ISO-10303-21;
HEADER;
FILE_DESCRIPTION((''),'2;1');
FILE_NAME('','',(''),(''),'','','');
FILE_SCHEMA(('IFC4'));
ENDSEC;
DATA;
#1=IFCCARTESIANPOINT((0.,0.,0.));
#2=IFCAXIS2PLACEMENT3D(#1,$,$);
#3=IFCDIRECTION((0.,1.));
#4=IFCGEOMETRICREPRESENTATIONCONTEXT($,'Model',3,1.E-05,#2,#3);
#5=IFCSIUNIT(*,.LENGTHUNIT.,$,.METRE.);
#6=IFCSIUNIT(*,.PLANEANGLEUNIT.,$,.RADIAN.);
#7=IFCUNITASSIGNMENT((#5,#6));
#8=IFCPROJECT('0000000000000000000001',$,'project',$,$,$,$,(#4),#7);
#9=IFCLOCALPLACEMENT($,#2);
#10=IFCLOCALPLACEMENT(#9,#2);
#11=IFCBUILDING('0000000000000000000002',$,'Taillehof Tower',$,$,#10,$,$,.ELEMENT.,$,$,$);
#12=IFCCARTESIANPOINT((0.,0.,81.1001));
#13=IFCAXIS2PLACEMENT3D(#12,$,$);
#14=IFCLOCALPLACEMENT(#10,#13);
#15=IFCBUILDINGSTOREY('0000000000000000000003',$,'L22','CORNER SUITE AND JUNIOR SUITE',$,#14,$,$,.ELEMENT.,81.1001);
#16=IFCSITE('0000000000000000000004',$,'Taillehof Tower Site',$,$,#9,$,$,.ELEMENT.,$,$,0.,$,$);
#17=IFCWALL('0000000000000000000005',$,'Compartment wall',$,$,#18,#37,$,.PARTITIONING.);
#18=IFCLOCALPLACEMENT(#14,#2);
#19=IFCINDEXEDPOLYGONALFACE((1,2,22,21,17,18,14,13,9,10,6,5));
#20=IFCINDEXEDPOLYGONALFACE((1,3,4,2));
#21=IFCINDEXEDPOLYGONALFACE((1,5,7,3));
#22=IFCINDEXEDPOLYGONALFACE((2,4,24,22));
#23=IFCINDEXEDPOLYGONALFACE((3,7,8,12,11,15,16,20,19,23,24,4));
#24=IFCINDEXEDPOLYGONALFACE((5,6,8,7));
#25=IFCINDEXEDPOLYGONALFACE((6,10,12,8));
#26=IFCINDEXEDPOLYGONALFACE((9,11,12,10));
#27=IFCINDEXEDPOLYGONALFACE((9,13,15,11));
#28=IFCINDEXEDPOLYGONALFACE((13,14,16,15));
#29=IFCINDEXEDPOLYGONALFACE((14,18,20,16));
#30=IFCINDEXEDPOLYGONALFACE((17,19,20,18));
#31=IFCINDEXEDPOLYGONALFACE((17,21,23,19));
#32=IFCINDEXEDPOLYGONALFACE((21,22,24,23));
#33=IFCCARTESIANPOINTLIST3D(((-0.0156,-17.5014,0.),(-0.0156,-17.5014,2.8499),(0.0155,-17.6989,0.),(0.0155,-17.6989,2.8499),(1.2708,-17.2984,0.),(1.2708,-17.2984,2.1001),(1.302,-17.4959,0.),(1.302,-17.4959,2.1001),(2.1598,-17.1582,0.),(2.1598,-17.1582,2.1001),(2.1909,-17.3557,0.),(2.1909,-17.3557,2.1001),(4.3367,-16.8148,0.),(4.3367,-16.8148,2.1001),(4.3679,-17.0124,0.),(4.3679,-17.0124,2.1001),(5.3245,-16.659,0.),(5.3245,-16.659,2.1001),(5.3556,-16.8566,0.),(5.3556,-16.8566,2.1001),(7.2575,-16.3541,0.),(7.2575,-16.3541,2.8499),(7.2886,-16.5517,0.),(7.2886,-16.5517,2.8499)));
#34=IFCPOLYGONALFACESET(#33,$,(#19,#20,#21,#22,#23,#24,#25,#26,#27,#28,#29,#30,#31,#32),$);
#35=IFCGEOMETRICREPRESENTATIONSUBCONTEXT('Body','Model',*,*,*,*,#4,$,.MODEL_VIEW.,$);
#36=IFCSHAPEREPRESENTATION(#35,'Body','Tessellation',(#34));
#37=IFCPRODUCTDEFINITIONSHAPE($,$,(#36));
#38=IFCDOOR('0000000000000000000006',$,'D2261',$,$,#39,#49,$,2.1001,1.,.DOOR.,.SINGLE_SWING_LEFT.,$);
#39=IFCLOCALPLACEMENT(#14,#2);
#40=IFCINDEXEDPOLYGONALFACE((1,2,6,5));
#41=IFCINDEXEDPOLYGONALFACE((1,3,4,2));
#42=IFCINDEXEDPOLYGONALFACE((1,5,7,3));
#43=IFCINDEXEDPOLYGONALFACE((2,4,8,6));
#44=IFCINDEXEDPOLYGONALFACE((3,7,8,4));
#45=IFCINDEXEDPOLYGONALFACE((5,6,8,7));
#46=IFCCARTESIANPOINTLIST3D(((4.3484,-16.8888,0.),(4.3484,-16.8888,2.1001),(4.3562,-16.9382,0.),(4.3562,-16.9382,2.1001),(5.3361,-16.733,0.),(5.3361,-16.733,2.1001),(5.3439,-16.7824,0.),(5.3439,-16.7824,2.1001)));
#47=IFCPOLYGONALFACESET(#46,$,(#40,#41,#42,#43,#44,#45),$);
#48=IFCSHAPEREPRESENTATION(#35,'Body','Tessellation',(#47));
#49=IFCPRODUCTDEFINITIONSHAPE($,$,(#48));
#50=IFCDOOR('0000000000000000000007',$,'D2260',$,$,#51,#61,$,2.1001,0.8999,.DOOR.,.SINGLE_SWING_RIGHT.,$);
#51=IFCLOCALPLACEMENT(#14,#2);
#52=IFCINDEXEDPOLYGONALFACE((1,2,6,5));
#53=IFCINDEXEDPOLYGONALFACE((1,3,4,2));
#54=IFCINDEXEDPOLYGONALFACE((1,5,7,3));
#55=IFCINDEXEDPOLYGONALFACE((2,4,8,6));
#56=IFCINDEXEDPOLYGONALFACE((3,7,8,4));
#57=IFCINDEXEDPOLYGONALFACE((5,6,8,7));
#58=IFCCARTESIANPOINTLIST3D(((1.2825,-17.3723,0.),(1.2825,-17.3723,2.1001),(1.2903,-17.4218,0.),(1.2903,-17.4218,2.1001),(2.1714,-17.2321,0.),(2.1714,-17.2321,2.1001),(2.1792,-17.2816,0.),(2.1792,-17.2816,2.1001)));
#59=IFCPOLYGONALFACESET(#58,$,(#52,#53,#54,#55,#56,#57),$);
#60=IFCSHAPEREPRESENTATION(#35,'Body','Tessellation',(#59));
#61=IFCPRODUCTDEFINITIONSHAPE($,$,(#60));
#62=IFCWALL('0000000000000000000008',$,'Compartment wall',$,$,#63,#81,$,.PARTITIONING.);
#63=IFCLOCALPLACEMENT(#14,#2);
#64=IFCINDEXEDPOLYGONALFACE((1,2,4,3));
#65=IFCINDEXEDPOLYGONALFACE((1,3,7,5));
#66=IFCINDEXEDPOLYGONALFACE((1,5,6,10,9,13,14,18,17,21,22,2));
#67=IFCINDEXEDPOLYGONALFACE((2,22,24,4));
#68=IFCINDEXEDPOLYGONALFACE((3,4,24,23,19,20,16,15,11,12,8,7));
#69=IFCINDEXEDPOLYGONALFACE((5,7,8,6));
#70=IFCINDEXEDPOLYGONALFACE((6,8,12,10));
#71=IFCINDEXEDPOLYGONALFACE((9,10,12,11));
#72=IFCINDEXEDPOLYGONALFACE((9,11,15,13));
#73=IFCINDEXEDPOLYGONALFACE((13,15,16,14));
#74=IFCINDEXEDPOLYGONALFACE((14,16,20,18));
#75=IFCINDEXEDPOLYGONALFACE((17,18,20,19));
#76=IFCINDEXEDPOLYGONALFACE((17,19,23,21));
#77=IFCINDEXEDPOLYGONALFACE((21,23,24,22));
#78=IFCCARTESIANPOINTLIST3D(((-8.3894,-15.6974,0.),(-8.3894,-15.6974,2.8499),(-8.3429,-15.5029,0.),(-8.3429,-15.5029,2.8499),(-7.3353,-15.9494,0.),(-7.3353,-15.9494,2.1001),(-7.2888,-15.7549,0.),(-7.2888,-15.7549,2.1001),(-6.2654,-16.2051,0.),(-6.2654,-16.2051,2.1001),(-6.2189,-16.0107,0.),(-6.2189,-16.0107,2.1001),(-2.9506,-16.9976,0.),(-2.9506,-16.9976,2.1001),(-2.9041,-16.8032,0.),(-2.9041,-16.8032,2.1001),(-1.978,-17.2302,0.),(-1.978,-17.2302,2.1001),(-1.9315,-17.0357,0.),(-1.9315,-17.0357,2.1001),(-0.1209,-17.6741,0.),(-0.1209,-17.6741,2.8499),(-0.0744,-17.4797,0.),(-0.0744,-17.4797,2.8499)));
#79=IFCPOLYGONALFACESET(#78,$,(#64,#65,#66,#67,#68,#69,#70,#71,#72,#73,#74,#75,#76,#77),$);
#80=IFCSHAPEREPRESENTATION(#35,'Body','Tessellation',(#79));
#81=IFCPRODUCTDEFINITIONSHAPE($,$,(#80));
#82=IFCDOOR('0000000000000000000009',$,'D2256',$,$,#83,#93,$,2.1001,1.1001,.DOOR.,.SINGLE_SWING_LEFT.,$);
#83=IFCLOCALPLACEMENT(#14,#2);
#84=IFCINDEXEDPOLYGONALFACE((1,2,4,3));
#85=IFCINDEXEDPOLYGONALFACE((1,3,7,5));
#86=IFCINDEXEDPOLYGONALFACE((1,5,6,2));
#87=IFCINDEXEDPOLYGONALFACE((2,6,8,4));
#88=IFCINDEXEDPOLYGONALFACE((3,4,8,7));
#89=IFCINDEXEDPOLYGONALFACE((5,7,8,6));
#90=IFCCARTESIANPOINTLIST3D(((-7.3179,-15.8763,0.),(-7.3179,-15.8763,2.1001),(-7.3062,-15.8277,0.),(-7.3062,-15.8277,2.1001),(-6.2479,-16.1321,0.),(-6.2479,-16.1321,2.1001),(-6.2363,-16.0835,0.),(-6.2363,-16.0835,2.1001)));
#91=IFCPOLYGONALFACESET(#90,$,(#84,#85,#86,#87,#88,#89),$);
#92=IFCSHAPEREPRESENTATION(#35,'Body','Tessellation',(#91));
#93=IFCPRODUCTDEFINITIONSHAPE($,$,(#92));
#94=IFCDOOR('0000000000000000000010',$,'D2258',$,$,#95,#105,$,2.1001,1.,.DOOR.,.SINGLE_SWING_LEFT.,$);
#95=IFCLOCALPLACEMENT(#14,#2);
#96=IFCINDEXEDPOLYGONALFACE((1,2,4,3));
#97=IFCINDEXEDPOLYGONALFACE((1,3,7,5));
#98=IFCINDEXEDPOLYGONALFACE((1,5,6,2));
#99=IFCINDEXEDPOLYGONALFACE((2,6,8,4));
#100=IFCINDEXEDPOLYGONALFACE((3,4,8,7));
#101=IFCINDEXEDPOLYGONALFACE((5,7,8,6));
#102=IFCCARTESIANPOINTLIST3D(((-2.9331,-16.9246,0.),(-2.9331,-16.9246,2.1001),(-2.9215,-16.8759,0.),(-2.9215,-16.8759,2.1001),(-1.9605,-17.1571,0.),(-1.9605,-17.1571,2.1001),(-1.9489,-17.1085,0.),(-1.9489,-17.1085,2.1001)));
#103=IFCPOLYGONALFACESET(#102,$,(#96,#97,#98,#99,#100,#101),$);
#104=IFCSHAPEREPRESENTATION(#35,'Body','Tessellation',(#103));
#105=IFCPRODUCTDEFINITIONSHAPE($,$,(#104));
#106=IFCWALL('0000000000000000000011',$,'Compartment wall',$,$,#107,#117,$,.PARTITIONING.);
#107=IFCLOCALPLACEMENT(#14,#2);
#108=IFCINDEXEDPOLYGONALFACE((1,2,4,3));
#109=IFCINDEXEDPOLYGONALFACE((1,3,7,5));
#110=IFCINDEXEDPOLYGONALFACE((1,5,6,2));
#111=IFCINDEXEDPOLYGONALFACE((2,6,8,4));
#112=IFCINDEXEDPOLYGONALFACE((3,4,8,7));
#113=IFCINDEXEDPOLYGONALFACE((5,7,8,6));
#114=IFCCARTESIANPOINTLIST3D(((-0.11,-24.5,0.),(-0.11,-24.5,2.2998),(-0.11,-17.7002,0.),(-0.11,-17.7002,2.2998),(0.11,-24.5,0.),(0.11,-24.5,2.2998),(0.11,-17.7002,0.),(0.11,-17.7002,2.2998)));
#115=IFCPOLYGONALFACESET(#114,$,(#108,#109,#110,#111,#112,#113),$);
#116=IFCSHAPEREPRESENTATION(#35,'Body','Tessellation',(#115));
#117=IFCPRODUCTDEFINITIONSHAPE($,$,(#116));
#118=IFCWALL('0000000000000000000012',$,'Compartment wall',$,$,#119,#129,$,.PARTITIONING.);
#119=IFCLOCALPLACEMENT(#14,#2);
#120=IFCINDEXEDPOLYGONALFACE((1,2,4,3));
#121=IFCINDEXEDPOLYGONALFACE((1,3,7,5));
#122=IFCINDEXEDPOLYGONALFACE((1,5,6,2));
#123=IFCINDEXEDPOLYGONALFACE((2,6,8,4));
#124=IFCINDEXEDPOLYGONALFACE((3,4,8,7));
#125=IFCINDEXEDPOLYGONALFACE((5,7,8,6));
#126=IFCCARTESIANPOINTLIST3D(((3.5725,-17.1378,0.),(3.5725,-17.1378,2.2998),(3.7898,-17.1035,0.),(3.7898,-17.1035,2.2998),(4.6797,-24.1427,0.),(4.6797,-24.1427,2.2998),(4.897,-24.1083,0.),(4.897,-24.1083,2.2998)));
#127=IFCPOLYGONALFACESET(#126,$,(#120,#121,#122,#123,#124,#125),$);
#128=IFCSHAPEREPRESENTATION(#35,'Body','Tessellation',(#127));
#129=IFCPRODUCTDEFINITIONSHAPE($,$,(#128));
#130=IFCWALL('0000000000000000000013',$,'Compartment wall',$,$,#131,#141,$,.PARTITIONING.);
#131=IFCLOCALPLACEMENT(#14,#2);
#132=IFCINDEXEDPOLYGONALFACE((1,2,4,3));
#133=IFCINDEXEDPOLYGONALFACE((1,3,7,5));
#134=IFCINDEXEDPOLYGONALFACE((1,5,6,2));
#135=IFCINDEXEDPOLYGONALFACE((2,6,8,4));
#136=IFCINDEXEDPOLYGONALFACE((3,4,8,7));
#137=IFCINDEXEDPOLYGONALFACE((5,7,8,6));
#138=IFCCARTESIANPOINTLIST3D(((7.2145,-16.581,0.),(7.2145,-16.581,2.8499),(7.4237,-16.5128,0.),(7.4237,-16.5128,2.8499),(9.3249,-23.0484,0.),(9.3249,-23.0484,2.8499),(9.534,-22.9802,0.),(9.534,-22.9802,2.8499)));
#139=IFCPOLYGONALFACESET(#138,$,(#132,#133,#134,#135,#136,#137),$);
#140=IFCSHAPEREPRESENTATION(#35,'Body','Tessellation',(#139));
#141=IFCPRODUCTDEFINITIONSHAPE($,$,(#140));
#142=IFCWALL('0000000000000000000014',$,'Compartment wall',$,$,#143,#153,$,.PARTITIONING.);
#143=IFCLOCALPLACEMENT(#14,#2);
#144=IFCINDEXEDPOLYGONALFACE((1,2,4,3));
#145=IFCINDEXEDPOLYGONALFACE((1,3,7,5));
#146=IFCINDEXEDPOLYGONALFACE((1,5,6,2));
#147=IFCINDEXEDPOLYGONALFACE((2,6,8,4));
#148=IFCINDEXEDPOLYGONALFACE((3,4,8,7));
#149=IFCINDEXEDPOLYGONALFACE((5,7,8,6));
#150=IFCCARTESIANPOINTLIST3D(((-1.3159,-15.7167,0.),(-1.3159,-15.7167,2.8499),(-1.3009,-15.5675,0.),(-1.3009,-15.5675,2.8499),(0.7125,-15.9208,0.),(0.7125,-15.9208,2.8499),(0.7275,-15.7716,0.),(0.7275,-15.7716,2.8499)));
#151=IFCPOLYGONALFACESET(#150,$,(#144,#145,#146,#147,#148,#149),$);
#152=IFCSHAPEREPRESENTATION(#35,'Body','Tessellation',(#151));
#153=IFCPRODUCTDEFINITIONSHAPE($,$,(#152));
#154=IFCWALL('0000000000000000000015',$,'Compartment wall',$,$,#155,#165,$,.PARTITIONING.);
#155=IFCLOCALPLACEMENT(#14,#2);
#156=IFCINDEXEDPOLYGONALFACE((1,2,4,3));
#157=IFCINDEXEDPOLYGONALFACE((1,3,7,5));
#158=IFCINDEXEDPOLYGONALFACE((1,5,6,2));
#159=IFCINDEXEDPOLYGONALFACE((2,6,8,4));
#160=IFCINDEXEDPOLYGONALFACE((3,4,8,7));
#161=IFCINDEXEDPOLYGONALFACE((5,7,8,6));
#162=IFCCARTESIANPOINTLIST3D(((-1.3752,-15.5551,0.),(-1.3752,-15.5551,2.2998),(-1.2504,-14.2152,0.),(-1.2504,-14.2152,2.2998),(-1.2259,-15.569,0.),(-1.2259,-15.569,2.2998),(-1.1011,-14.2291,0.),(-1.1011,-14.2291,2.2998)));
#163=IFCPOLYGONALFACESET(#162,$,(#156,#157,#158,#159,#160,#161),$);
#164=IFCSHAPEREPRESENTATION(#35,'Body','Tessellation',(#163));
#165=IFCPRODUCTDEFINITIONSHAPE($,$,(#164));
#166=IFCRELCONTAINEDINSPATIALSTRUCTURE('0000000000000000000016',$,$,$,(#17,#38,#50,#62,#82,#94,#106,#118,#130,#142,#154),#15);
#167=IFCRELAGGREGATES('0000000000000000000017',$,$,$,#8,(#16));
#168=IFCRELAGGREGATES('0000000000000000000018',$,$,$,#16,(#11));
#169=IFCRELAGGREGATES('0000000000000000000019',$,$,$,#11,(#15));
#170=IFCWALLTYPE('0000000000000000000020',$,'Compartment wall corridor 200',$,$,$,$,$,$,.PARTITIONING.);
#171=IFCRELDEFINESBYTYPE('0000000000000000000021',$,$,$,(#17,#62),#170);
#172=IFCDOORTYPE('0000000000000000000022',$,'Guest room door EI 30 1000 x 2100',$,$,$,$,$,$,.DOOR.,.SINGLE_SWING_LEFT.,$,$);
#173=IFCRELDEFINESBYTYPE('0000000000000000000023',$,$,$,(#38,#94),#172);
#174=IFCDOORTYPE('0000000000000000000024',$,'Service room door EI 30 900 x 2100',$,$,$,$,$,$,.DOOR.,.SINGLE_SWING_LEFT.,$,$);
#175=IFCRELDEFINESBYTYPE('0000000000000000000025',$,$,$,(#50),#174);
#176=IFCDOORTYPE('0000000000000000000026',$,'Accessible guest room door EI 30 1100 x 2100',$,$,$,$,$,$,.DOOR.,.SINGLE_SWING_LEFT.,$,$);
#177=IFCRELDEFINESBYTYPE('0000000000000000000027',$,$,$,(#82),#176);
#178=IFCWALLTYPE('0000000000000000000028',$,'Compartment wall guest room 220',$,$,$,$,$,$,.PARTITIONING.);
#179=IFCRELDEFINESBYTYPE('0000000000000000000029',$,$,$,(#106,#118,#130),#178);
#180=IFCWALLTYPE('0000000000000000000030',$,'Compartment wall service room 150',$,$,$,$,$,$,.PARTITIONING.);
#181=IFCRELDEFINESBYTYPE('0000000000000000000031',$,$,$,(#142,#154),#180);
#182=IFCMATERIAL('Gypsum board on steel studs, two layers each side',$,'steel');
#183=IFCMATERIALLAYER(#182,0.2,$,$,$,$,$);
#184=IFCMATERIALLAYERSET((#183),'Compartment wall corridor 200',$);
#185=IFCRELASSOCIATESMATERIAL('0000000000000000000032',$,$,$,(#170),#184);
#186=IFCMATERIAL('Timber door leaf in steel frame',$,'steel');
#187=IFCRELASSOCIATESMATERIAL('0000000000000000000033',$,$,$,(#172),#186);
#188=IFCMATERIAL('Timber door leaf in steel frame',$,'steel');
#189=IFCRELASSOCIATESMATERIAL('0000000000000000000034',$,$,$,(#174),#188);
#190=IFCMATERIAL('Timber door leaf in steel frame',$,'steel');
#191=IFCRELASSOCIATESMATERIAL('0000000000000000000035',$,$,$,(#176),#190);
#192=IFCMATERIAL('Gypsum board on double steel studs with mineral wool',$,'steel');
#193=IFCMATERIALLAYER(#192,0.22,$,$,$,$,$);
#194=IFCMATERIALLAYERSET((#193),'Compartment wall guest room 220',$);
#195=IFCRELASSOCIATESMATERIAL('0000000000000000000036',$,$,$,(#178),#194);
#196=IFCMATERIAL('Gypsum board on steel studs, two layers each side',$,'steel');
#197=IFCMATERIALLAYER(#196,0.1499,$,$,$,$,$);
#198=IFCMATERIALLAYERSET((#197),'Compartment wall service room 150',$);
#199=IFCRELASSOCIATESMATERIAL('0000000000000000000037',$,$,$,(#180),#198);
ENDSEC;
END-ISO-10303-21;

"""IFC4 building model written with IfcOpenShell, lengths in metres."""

from ifc_helpers import new_model, si_unit, direction, frame, frame_2d, origin, place, context, subcontext, project, spatial, rectangle, extrude, material, layer, layer_set, type_object, element, fill, save


model = new_model("IFC4")

# Units and contexts
model_context = context("Model", 3, precision=1e-05, world=origin(), true_north=direction((0.0, 1.0)))
body_context = subcontext(model_context, "Body", "Model", "MODEL_VIEW")
ifc_project = project(units=[si_unit("LENGTHUNIT", "METRE"), si_unit("PLANEANGLEUNIT", "RADIAN")], contexts=[model_context])

# Site, building, storey
site_placement = place(None, origin())
site = spatial("IfcSite", under=ifc_project, at=site_placement, Name="Taillehof Tower Site", CompositionType="ELEMENT", RefElevation=0.0)
building_placement = place(site_placement, origin())
building = spatial("IfcBuilding", under=site, at=building_placement, Name="Taillehof Tower", CompositionType="ELEMENT")
storey_placement = place(building_placement, frame((0.0, 0.0, 81.1001)))
storey = spatial("IfcBuildingStorey", under=building, at=storey_placement, Name="L22", Description="CORNER SUITE AND JUNIOR SUITE", CompositionType="ELEMENT", Elevation=81.1001)

# Walls, openings, doors
ifc_material_1 = material(Name="Gypsum board on steel studs, two layers each side", Category="steel")
ifc_layer_1 = layer(ifc_material_1, 0.2)
ifc_layer_set_1 = layer_set([ifc_layer_1], Name="Compartment wall corridor 200")
wall_type_1 = type_object("IfcWallType", Name="Compartment wall corridor 200", PredefinedType="PARTITIONING", material=ifc_layer_set_1)
wall_1_placement = place(storey_placement, frame((7.2732, -16.4529, 0.0), z_axis=(0.0, 0.0, 1.0), x_axis=(-0.987788, -0.155806, 0.0)))
wall_1 = element("IfcWall", 1, at=wall_1_placement, inside=storey, type_object=wall_type_1, Name="Compartment wall", PredefinedType="PARTITIONING", context=body_context, shape_type="SweptSolid", body=[
    extrude(rectangle(XDim=7.363, YDim=0.2, at=frame_2d((3.6816, 0.0))), origin(), (0.0, 0.0, 1.0), 2.8499),
])
opening_1_placement = place(wall_1_placement, frame((5.1609, 0.0, 0.0)))
opening_1 = element("IfcOpeningElement", 2, at=opening_1_placement, cuts=wall_1, PredefinedType="OPENING", context=body_context, shape_type="SweptSolid", body=[
    extrude(rectangle(XDim=0.8999, YDim=2.1001, at=frame_2d((0.45, 1.05))), frame((0.0, 0.1099, 0.0), z_axis=(0.0, -1.0, 0.0), x_axis=(1.0, 0.0, 0.0)), (0.0, 0.0, 1.0), 0.22),
])
opening_2_placement = place(wall_1_placement, frame((1.957, 0.0, 0.0)))
opening_2 = element("IfcOpeningElement", 3, at=opening_2_placement, cuts=wall_1, PredefinedType="OPENING", context=body_context, shape_type="SweptSolid", body=[
    extrude(rectangle(XDim=1.0, YDim=2.1001, at=frame_2d((0.5, 1.05))), frame((0.0, 0.1099, 0.0), z_axis=(0.0, -1.0, 0.0), x_axis=(1.0, 0.0, 0.0)), (0.0, 0.0, 1.0), 0.22),
])
ifc_material_2 = material(Name="Timber door leaf in steel frame", Category="steel")
door_type_1 = type_object("IfcDoorType", Name="Guest room door EI 30 1000 x 2100", OperationType="SINGLE_SWING_LEFT", PredefinedType="DOOR", material=ifc_material_2)
door_1_placement = place(opening_2_placement, origin())
door_1 = element("IfcDoor", 4, at=door_1_placement, inside=storey, type_object=door_type_1, Name="D2261", OperationType="SINGLE_SWING_LEFT", OverallHeight=2.1001, OverallWidth=1.0, PredefinedType="DOOR", context=body_context, shape_type="SweptSolid", body=[
    extrude(rectangle(XDim=1.0, YDim=2.1001, at=frame_2d((0.5, 1.05))), frame((0.0, 0.0249, 0.0), z_axis=(0.0, -1.0, 0.0), x_axis=(1.0, 0.0, 0.0)), (0.0, 0.0, 1.0), 0.05),
])
fill(opening_2, door_1)
ifc_material_3 = material(Name="Timber door leaf in steel frame", Category="steel")
door_type_2 = type_object("IfcDoorType", Name="Service room door EI 30 900 x 2100", OperationType="SINGLE_SWING_LEFT", PredefinedType="DOOR", material=ifc_material_3)
door_2_placement = place(opening_1_placement, origin())
door_2 = element("IfcDoor", 5, at=door_2_placement, inside=storey, type_object=door_type_2, Name="D2260", OperationType="SINGLE_SWING_RIGHT", OverallHeight=2.1001, OverallWidth=0.8999, PredefinedType="DOOR", context=body_context, shape_type="SweptSolid", body=[
    extrude(rectangle(XDim=0.8999, YDim=2.1001, at=frame_2d((0.45, 1.05))), frame((0.0, 0.0249, 0.0), z_axis=(0.0, -1.0, 0.0), x_axis=(1.0, 0.0, 0.0)), (0.0, 0.0, 1.0), 0.05),
])
fill(opening_1, door_2)
wall_2_placement = place(storey_placement, frame((-0.0977, -17.5769, 0.0), z_axis=(0.0, 0.0, 1.0), x_axis=(-0.972591, 0.232522, 0.0)))
wall_2 = element("IfcWall", 6, at=wall_2_placement, inside=storey, type_object=wall_type_1, Name="Compartment wall", PredefinedType="PARTITIONING", context=body_context, shape_type="SweptSolid", body=[
    extrude(rectangle(XDim=8.5015, YDim=0.2, at=frame_2d((4.2507, 0.0))), origin(), (0.0, 0.0, 1.0), 2.8499),
])
opening_3_placement = place(wall_2_placement, frame((6.3176, 0.0, 0.0)))
opening_3 = element("IfcOpeningElement", 7, at=opening_3_placement, cuts=wall_2, PredefinedType="OPENING", context=body_context, shape_type="SweptSolid", body=[
    extrude(rectangle(XDim=1.1001, YDim=2.1001, at=frame_2d((0.55, 1.05))), frame((0.0, 0.1099, 0.0), z_axis=(0.0, -1.0, 0.0), x_axis=(1.0, 0.0, 0.0)), (0.0, 0.0, 1.0), 0.22),
])
opening_4_placement = place(wall_2_placement, frame((1.9094, 0.0, 0.0)))
opening_4 = element("IfcOpeningElement", 8, at=opening_4_placement, cuts=wall_2, PredefinedType="OPENING", context=body_context, shape_type="SweptSolid", body=[
    extrude(rectangle(XDim=1.0, YDim=2.1001, at=frame_2d((0.5, 1.05))), frame((0.0, 0.1099, 0.0), z_axis=(0.0, -1.0, 0.0), x_axis=(1.0, 0.0, 0.0)), (0.0, 0.0, 1.0), 0.22),
])
ifc_material_4 = material(Name="Timber door leaf in steel frame", Category="steel")
door_type_3 = type_object("IfcDoorType", Name="Accessible guest room door EI 30 1100 x 2100", OperationType="SINGLE_SWING_LEFT", PredefinedType="DOOR", material=ifc_material_4)
door_3_placement = place(opening_3_placement, origin())
door_3 = element("IfcDoor", 9, at=door_3_placement, inside=storey, type_object=door_type_3, Name="D2256", OperationType="SINGLE_SWING_LEFT", OverallHeight=2.1001, OverallWidth=1.1001, PredefinedType="DOOR", context=body_context, shape_type="SweptSolid", body=[
    extrude(rectangle(XDim=1.1001, YDim=2.1001, at=frame_2d((0.55, 1.05))), frame((0.0, 0.0249, 0.0), z_axis=(0.0, -1.0, 0.0), x_axis=(1.0, 0.0, 0.0)), (0.0, 0.0, 1.0), 0.05),
])
fill(opening_3, door_3)
door_4_placement = place(opening_4_placement, origin())
door_4 = element("IfcDoor", 10, at=door_4_placement, inside=storey, type_object=door_type_1, Name="D2258", OperationType="SINGLE_SWING_LEFT", OverallHeight=2.1001, OverallWidth=1.0, PredefinedType="DOOR", context=body_context, shape_type="SweptSolid", body=[
    extrude(rectangle(XDim=1.0, YDim=2.1001, at=frame_2d((0.5, 1.05))), frame((0.0, 0.0249, 0.0), z_axis=(0.0, -1.0, 0.0), x_axis=(1.0, 0.0, 0.0)), (0.0, 0.0, 1.0), 0.05),
])
fill(opening_4, door_4)

# Walls
ifc_material_5 = material(Name="Gypsum board on double steel studs with mineral wool", Category="steel")
ifc_layer_2 = layer(ifc_material_5, 0.22)
ifc_layer_set_2 = layer_set([ifc_layer_2], Name="Compartment wall guest room 220")
wall_type_2 = type_object("IfcWallType", Name="Compartment wall guest room 220", PredefinedType="PARTITIONING", material=ifc_layer_set_2)
wall_3_placement = place(storey_placement, frame((0.0, -24.5, 0.0), z_axis=(0.0, 0.0, 1.0), x_axis=(0.0, 1.0, 0.0)))
element("IfcWall", 11, at=wall_3_placement, inside=storey, type_object=wall_type_2, Name="Compartment wall", PredefinedType="PARTITIONING", context=body_context, shape_type="SweptSolid", body=[
    extrude(rectangle(XDim=6.7998, YDim=0.22, at=frame_2d((3.3999, 0.0))), origin(), (0.0, 0.0, 1.0), 2.2998),
])
wall_4_placement = place(storey_placement, frame((4.7883, -24.1255, 0.0), z_axis=(0.0, 0.0, 1.0), x_axis=(-0.15612, 0.987738, 0.0)))
element("IfcWall", 12, at=wall_4_placement, inside=storey, type_object=wall_type_2, Name="Compartment wall", PredefinedType="PARTITIONING", context=body_context, shape_type="SweptSolid", body=[
    extrude(rectangle(XDim=7.0918, YDim=0.22, at=frame_2d((3.5459, 0.0))), origin(), (0.0, 0.0, 1.0), 2.2998),
])
wall_5_placement = place(storey_placement, frame((9.4294, -23.0142, 0.0), z_axis=(0.0, 0.0, 1.0), x_axis=(-0.310214, 0.950667, 0.0)))
element("IfcWall", 13, at=wall_5_placement, inside=storey, type_object=wall_type_2, Name="Compartment wall", PredefinedType="PARTITIONING", context=body_context, shape_type="SweptSolid", body=[
    extrude(rectangle(XDim=6.803, YDim=0.22, at=frame_2d((3.4014, 0.0))), origin(), (0.0, 0.0, 1.0), 2.8499),
])
ifc_material_6 = material(Name="Gypsum board on steel studs, two layers each side", Category="steel")
ifc_layer_3 = layer(ifc_material_6, 0.1499)
ifc_layer_set_3 = layer_set([ifc_layer_3], Name="Compartment wall service room 150")
wall_type_3 = type_object("IfcWallType", Name="Compartment wall service room 150", PredefinedType="PARTITIONING", material=ifc_layer_set_3)
wall_6_placement = place(storey_placement, frame((0.72, -15.8462, 0.0), z_axis=(0.0, 0.0, 1.0), x_axis=(-0.994975, 0.10012, 0.0)))
element("IfcWall", 14, at=wall_6_placement, inside=storey, type_object=wall_type_3, Name="Compartment wall", PredefinedType="PARTITIONING", context=body_context, shape_type="SweptSolid", body=[
    extrude(rectangle(XDim=2.0386, YDim=0.1499, at=frame_2d((1.0193, 0.0))), origin(), (0.0, 0.0, 1.0), 2.8499),
])
wall_7_placement = place(storey_placement, frame((-1.3005, -15.562, 0.0), z_axis=(0.0, 0.0, 1.0), x_axis=(0.092711, 0.995693, 0.0)))
element("IfcWall", 15, at=wall_7_placement, inside=storey, type_object=wall_type_3, Name="Compartment wall", PredefinedType="PARTITIONING", context=body_context, shape_type="SweptSolid", body=[
    extrude(rectangle(XDim=1.3457, YDim=0.1499, at=frame_2d((0.6729, 0.0))), origin(), (0.0, 0.0, 1.0), 2.2998),
])

save(model, "model.ifc")
